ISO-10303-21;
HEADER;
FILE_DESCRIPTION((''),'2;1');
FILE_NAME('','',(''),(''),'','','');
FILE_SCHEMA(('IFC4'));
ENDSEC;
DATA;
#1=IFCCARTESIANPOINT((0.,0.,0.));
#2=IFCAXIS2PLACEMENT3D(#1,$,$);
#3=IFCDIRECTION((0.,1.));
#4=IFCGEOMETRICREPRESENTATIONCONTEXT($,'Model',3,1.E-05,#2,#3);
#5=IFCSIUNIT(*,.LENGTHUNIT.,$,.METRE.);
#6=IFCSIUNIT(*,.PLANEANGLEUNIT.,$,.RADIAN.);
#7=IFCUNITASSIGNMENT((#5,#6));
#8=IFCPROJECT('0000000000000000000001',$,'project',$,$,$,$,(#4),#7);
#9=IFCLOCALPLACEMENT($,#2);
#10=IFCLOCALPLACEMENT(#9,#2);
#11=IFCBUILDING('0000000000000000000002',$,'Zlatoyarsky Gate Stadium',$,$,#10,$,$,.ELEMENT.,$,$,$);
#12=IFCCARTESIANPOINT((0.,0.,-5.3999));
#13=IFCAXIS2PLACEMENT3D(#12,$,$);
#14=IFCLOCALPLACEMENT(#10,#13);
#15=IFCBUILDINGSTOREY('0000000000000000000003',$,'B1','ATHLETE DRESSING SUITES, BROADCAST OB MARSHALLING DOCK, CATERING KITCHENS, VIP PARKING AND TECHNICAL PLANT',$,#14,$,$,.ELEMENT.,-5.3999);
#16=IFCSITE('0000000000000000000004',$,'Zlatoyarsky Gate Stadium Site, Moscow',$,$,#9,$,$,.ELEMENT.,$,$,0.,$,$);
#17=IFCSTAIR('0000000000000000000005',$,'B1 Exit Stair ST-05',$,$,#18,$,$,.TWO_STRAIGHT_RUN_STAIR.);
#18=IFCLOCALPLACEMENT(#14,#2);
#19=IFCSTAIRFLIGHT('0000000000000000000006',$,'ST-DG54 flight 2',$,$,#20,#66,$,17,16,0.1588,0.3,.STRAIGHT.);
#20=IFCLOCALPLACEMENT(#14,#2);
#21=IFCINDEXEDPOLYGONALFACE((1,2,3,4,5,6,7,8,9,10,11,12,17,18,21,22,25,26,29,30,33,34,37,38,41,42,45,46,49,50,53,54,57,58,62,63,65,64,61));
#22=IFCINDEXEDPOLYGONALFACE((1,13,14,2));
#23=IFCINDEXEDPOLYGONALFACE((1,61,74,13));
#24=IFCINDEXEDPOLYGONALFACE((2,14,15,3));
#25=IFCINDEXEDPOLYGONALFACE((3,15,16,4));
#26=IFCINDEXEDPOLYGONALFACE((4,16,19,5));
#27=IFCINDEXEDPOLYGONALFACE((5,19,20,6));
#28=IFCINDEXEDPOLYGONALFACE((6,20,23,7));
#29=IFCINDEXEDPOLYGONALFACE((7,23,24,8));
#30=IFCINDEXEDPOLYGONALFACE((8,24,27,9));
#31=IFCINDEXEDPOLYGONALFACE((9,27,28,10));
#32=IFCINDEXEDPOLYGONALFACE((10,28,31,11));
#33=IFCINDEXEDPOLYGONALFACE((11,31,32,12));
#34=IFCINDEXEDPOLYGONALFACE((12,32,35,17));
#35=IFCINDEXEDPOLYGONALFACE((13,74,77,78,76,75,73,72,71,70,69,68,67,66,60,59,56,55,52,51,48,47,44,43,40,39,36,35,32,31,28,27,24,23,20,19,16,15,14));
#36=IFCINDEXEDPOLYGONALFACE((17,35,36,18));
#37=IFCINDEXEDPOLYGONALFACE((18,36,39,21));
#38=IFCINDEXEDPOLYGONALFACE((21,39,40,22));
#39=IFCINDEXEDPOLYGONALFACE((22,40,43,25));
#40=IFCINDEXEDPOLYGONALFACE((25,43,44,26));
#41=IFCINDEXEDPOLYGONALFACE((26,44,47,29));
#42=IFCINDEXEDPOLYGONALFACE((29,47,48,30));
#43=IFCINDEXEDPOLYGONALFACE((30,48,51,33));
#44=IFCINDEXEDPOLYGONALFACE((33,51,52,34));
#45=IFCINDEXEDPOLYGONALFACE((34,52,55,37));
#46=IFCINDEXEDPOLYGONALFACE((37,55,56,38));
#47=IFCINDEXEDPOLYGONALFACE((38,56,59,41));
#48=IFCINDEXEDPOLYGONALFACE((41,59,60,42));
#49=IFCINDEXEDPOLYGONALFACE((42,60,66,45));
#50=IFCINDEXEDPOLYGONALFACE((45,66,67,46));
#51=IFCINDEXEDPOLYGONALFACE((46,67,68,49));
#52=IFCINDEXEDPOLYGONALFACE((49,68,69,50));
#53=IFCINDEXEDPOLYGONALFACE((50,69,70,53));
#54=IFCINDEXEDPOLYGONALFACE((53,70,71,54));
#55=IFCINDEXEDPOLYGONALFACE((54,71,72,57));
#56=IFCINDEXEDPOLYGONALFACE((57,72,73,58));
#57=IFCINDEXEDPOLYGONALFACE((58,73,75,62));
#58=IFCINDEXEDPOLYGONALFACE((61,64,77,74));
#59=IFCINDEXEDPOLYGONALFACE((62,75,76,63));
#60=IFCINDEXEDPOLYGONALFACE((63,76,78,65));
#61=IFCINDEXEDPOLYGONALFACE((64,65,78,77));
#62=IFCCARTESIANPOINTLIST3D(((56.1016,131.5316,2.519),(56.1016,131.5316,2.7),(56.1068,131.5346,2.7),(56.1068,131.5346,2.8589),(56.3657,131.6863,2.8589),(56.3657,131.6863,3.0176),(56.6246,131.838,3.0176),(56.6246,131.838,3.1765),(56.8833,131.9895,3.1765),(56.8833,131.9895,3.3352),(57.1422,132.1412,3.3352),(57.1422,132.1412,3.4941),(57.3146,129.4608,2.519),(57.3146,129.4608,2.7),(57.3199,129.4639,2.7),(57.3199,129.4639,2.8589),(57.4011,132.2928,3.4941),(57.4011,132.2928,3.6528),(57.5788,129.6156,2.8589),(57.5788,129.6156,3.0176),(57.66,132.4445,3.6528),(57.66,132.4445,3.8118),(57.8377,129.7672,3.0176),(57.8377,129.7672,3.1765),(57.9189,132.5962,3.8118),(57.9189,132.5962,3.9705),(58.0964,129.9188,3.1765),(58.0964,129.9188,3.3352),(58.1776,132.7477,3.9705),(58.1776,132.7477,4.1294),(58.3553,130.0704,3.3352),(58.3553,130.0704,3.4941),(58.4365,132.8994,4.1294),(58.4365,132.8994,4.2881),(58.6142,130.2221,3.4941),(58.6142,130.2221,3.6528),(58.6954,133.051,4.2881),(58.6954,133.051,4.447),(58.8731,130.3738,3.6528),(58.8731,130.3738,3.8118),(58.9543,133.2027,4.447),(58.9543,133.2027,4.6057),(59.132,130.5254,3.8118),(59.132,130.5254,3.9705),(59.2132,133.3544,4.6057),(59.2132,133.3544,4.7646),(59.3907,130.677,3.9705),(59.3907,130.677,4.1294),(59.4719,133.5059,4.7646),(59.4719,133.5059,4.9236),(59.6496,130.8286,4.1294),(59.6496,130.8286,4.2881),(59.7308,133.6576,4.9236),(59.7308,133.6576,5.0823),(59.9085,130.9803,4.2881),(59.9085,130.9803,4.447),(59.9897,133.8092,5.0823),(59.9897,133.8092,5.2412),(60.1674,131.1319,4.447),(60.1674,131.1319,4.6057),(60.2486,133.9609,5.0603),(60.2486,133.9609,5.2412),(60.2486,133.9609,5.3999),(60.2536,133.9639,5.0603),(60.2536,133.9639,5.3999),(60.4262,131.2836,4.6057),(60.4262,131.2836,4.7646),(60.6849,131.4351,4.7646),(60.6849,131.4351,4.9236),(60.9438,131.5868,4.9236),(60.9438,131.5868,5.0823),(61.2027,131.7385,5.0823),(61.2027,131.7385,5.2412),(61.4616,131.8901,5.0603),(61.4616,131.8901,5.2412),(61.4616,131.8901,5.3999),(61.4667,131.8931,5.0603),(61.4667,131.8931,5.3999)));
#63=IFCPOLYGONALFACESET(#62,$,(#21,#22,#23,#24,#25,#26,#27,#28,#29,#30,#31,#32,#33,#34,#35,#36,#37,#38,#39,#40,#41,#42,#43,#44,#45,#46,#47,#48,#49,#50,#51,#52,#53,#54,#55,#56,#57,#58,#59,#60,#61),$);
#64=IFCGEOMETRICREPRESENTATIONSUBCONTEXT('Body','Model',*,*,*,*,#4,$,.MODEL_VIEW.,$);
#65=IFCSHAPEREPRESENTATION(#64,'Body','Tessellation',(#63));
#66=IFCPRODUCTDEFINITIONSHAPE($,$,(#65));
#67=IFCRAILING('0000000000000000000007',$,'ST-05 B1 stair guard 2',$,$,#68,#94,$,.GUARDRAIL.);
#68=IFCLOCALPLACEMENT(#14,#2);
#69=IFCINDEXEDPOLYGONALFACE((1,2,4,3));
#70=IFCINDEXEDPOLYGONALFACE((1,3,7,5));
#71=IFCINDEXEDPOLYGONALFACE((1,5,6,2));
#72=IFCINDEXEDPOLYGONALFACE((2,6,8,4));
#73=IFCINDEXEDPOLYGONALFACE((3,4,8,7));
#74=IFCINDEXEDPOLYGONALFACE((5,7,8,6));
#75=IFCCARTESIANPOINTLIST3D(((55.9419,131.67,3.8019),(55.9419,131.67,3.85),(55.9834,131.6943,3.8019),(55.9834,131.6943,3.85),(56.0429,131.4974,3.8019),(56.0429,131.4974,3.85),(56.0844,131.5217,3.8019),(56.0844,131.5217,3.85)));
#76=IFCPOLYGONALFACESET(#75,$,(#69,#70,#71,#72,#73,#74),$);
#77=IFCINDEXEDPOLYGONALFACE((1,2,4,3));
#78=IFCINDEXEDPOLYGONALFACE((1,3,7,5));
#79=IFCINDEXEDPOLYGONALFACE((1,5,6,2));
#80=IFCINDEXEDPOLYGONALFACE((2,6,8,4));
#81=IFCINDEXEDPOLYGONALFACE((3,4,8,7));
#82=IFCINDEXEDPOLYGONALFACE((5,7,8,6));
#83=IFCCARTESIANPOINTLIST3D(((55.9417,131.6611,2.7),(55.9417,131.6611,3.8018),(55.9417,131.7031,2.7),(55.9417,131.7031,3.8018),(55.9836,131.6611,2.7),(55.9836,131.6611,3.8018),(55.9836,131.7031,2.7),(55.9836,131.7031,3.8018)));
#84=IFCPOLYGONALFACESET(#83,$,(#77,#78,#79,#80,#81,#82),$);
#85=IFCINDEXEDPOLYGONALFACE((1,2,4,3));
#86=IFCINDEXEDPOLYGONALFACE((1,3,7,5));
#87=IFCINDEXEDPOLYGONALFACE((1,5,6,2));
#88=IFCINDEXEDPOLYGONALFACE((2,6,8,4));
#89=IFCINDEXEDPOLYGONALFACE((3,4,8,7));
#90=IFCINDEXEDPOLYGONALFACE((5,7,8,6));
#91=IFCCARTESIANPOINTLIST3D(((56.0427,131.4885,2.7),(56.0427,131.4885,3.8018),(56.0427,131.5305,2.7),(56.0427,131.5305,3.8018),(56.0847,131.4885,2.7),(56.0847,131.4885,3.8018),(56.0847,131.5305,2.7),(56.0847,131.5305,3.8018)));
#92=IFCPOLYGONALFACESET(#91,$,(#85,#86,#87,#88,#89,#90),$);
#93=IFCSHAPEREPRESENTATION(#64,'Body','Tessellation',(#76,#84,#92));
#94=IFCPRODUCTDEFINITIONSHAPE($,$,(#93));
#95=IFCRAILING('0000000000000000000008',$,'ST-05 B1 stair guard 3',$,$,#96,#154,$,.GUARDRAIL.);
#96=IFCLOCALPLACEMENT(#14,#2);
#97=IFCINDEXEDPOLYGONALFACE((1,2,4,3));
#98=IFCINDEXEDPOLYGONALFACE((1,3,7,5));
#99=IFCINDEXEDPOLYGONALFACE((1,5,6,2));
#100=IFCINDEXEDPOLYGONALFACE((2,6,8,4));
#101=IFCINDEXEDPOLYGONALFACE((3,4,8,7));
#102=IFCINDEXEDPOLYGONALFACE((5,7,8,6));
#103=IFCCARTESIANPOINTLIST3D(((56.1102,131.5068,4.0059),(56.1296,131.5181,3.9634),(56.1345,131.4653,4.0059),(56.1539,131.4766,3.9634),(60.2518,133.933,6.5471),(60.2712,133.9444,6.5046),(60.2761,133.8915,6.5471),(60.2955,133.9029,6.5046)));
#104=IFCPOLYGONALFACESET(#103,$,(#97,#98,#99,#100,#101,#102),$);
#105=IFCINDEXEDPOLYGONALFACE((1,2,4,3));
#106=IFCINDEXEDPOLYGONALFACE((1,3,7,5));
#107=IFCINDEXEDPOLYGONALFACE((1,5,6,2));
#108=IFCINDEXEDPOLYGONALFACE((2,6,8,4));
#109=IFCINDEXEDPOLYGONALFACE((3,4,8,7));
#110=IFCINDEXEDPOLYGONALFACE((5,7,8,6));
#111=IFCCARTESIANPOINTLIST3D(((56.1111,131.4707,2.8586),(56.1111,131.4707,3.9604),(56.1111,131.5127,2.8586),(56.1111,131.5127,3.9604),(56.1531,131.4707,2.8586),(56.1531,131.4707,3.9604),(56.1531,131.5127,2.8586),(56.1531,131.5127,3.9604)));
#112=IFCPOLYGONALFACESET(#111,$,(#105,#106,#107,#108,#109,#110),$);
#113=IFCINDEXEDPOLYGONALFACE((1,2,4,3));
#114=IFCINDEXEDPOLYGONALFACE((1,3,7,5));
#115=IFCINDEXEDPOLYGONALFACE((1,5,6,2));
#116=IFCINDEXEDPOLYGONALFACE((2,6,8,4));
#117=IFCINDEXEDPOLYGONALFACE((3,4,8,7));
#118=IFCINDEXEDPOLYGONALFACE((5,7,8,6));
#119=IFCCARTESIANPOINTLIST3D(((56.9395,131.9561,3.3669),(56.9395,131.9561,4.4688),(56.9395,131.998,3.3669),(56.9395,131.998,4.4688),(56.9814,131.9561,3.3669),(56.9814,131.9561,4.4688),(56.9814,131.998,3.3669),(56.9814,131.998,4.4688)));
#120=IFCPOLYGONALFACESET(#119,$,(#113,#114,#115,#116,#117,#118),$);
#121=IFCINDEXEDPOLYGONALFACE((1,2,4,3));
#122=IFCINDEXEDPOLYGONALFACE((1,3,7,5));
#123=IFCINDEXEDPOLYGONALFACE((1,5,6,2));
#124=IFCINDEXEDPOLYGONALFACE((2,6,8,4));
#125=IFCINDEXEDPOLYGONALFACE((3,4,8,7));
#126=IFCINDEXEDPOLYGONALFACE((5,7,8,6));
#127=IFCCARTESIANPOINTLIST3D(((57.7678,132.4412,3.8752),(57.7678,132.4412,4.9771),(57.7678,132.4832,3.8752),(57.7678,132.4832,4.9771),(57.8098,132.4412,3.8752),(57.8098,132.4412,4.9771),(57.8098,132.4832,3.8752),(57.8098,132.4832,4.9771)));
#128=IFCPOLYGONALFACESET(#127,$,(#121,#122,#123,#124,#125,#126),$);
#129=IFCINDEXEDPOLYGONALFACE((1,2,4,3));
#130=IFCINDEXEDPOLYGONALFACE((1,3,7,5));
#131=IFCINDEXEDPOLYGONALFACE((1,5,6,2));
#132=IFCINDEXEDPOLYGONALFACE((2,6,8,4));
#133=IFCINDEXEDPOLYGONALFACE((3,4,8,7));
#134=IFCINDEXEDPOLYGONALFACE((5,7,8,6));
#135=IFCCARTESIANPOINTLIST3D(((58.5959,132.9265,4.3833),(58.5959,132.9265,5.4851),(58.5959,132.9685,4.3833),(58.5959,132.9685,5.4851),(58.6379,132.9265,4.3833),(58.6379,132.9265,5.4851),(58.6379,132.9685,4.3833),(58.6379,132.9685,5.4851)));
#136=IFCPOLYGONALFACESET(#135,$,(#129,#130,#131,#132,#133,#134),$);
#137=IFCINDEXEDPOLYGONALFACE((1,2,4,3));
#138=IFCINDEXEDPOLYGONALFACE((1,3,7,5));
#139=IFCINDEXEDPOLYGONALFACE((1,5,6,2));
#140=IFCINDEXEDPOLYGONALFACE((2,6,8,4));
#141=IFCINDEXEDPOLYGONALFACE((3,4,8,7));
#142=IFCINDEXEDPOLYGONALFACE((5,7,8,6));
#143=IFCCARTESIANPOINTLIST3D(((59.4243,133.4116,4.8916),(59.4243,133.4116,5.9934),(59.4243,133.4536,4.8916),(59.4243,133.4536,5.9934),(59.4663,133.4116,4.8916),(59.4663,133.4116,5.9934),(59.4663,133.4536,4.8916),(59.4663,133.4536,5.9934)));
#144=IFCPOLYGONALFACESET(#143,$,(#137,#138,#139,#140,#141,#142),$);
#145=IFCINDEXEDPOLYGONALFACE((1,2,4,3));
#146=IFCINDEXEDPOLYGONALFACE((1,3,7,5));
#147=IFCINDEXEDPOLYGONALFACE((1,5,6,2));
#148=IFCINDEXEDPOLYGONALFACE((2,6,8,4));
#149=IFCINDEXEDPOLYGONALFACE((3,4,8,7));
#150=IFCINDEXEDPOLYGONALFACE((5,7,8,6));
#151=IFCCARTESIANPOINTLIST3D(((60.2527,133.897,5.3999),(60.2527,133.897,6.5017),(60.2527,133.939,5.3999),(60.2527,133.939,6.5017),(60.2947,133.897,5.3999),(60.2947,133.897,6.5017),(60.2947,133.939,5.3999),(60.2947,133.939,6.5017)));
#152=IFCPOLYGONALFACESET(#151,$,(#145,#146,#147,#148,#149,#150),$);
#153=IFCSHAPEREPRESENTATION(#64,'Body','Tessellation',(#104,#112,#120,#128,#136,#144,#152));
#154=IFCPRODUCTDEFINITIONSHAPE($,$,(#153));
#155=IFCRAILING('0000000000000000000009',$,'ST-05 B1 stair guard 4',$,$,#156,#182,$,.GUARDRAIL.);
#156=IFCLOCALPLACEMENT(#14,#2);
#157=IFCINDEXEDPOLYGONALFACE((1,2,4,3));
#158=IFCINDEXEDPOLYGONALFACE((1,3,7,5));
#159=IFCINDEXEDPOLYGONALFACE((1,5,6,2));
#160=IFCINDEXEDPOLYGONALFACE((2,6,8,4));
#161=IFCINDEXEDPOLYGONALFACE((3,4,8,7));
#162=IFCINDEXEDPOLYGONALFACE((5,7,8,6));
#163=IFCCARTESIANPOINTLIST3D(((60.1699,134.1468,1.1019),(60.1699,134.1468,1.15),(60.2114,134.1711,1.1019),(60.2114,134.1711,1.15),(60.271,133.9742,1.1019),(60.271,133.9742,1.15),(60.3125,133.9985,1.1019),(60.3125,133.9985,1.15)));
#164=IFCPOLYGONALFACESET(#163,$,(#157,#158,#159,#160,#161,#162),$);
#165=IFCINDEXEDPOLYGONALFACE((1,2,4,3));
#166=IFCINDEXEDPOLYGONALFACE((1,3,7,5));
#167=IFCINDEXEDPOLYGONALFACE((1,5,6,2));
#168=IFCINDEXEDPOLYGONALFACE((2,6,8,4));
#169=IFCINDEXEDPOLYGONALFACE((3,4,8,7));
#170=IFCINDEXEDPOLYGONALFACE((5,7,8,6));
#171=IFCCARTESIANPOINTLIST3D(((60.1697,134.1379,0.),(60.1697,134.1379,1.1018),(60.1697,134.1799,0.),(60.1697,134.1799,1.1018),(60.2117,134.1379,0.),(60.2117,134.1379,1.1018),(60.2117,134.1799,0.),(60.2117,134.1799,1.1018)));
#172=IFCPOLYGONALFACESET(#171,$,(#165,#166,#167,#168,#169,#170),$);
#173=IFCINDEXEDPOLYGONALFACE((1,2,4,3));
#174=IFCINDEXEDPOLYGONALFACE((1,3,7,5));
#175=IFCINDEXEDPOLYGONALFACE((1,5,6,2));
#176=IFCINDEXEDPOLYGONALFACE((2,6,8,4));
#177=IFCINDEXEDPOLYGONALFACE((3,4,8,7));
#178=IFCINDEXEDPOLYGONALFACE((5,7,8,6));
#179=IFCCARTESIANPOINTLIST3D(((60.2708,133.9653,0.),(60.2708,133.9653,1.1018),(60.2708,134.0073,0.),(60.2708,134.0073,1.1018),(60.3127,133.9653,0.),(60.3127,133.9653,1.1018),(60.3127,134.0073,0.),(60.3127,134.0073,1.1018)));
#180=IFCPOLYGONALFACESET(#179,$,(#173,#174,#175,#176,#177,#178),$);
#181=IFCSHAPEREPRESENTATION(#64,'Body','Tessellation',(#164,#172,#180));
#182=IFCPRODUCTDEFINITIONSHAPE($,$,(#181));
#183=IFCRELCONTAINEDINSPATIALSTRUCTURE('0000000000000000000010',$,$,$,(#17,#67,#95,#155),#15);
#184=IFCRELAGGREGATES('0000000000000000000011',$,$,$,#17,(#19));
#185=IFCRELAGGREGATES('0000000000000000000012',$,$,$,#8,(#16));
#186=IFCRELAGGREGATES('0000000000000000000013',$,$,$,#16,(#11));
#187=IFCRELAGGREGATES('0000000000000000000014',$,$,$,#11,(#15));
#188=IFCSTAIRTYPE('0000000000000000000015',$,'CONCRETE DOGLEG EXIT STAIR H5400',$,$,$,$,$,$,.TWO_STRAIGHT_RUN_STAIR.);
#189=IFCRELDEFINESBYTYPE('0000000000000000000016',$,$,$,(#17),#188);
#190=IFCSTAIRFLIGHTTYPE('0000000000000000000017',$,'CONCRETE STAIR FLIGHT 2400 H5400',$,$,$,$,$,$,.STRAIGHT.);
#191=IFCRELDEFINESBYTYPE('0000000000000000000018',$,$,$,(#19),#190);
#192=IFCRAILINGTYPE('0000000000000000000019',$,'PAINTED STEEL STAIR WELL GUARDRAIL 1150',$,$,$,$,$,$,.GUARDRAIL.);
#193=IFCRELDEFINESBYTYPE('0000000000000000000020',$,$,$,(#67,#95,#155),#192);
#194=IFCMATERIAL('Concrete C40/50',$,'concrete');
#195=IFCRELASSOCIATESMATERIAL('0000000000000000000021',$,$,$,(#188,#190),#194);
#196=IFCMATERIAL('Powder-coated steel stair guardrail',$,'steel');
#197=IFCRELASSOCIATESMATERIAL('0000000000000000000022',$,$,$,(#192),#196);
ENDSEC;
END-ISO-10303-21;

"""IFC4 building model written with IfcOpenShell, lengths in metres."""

from ifc_helpers import new_model, si_unit, direction, frame, origin, origin_2d, place, context, subcontext, project, spatial, polyline, rectangle, outline, extrude, material, type_object, element, aggregate, save


model = new_model("IFC4")

# Units and contexts
model_context = context("Model", 3, precision=1e-05, world=origin(), true_north=direction((0.0, 1.0)))
body_context = subcontext(model_context, "Body", "Model", "MODEL_VIEW")
ifc_project = project(units=[si_unit("LENGTHUNIT", "METRE"), si_unit("PLANEANGLEUNIT", "RADIAN")], contexts=[model_context])

# Site, building, storey
site_placement = place(None, origin())
site = spatial("IfcSite", under=ifc_project, at=site_placement, Name="Zlatoyarsky Gate Stadium Site, Moscow", CompositionType="ELEMENT", RefElevation=0.0)
building_placement = place(site_placement, origin())
building = spatial("IfcBuilding", under=site, at=building_placement, Name="Zlatoyarsky Gate Stadium", CompositionType="ELEMENT")
storey_placement = place(building_placement, frame((0.0, 0.0, -5.3999)))
storey = spatial("IfcBuildingStorey", under=building, at=storey_placement, Name="B1", Description="ATHLETE DRESSING SUITES, BROADCAST OB MARSHALLING DOCK, CATERING KITCHENS, VIP PARKING AND TECHNICAL PLANT", CompositionType="ELEMENT", Elevation=-5.3999)

# Shared definitions
ifc_material_1 = material(Name="Concrete C40/50", Category="concrete")

# Stair, stair flight
stair_type = type_object("IfcStairType", Name="CONCRETE DOGLEG EXIT STAIR H5400", PredefinedType="TWO_STRAIGHT_RUN_STAIR", material=ifc_material_1)
stair_placement = place(storey_placement, origin())
stair = element("IfcStair", 1, at=stair_placement, inside=storey, type_object=stair_type, Name="B1 Exit Stair ST-05", PredefinedType="TWO_STRAIGHT_RUN_STAIR")
stair_flight_type = type_object("IfcStairFlightType", Name="CONCRETE STAIR FLIGHT 2400 H5400", PredefinedType="STRAIGHT", material=ifc_material_1)
stair_flight_placement = place(storey_placement, frame((56.7134, 130.4993, 2.7), z_axis=(0.0, 0.0, 1.0), x_axis=(0.862848, 0.505463, 0.0)))
stair_flight = element("IfcStairFlight", 2, at=stair_flight_placement, type_object=stair_flight_type, Name="ST-DG54 flight 2", NumberOfRisers=17, NumberOfTreads=16, PredefinedType="STRAIGHT", RiserHeight=0.1588, TreadLength=0.3, context=body_context, shape_type="SweptSolid", body=[
    extrude(outline(polyline([(-0.0061, -0.1809), (-0.0061, 0.0), (0.0, 0.0), (0.0, 0.1589), (0.3, 0.1589), (0.3, 0.3176), (0.6001, 0.3176), (0.6001, 0.4766), (0.8999, 0.4766), (0.8999, 0.6353), (1.2, 0.6353), (1.2, 0.7942), (1.5, 0.7942), (1.5, 0.9529), (1.8, 0.9529), (1.8, 1.1118), (2.1001, 1.1118), (2.1001, 1.2705), (2.3999, 1.2705), (2.3999, 1.4294), (2.7, 1.4294), (2.7, 1.5881), (3.0, 1.5881), (3.0, 1.7471), (3.3, 1.7471), (3.3, 1.9058), (3.6001, 1.9058), (3.6001, 2.0647), (3.8999, 2.0647), (3.8999, 2.2236), (4.2, 2.2236), (4.2, 2.3823), (4.5, 2.3823), (4.5, 2.5413), (4.8, 2.5413), (4.8, 2.7), (4.8059, 2.7), (4.8059, 2.3604), (4.8, 2.3604), (-0.0061, -0.1809)])), frame((0.0, 1.2, 0.0), z_axis=(0.0, -1.0, 0.0), x_axis=(1.0, 0.0, 0.0)), (0.0, 0.0, 1.0), 2.3999),
])
aggregate(stair, [stair_flight])

# Railings
ifc_material_2 = material(Name="Powder-coated steel stair guardrail", Category="steel")
railing_type_1 = type_object("IfcRailingType", Name="PAINTED STEEL STAIR WELL GUARDRAIL 1150", PredefinedType="GUARDRAIL", material=ifc_material_2)
railing_1_placement = place(storey_placement, frame((55.9626, 131.6821, 2.7)))
element("IfcRailing", 3, at=railing_1_placement, inside=storey, type_object=railing_type_1, Name="ST-05 B1 stair guard 2", PredefinedType="GUARDRAIL", context=body_context, shape_type="SweptSolid", body=[
    extrude(rectangle(XDim=0.0481, YDim=0.0481, at=origin_2d()), frame((0.0, 0.0, 1.126), z_axis=(0.505312, -0.862937, 0.0), x_axis=(0.862937, 0.505312, 0.0)), (0.0, 0.0, 1.0), 0.2),
    extrude(rectangle(XDim=0.042, YDim=0.042, at=origin_2d()), origin(), (0.0, 0.0, 1.0), 1.1018),
    extrude(rectangle(XDim=0.042, YDim=0.042, at=origin_2d()), frame((0.1011, -0.1726, 0.0)), (0.0, 0.0, 1.0), 1.1018),
])
railing_2_placement = place(storey_placement, frame((56.1321, 131.4917, 2.8586)))
element("IfcRailing", 4, at=railing_2_placement, inside=storey, type_object=railing_type_1, Name="ST-05 B1 stair guard 3", PredefinedType="GUARDRAIL", context=body_context, shape_type="SweptSolid", body=[
    extrude(rectangle(XDim=0.0481, YDim=0.0481, at=origin_2d()), frame((0.0, 0.0, 1.126), z_axis=(0.762561, 0.44673, 0.467902), x_axis=(-0.505477, 0.86284, 0.0)), (0.0, 0.0, 1.0), 5.4312),
    extrude(rectangle(XDim=0.042, YDim=0.042, at=origin_2d()), origin(), (0.0, 0.0, 1.0), 1.1018),
    extrude(rectangle(XDim=0.042, YDim=0.042, at=origin_2d()), frame((0.8284, 0.4854, 0.5083)), (0.0, 0.0, 1.0), 1.1018),
    extrude(rectangle(XDim=0.042, YDim=0.042, at=origin_2d()), frame((1.6567, 0.9705, 1.0166)), (0.0, 0.0, 1.0), 1.1018),
    extrude(rectangle(XDim=0.042, YDim=0.042, at=origin_2d()), frame((2.4849, 1.4558, 1.5247)), (0.0, 0.0, 1.0), 1.1018),
    extrude(rectangle(XDim=0.042, YDim=0.042, at=origin_2d()), frame((3.3132, 1.9409, 2.033)), (0.0, 0.0, 1.0), 1.1018),
    extrude(rectangle(XDim=0.042, YDim=0.042, at=origin_2d()), frame((4.1416, 2.4263, 2.5413)), (0.0, 0.0, 1.0), 1.1018),
])
railing_3_placement = place(storey_placement, frame((60.1907, 134.1589, 0.0)))
element("IfcRailing", 5, at=railing_3_placement, inside=storey, type_object=railing_type_1, Name="ST-05 B1 stair guard 4", PredefinedType="GUARDRAIL", context=body_context, shape_type="SweptSolid", body=[
    extrude(rectangle(XDim=0.0481, YDim=0.0481, at=origin_2d()), frame((0.0, 0.0, 1.126), z_axis=(0.505312, -0.862937, 0.0), x_axis=(0.862937, 0.505312, 0.0)), (0.0, 0.0, 1.0), 0.2),
    extrude(rectangle(XDim=0.042, YDim=0.042, at=origin_2d()), origin(), (0.0, 0.0, 1.0), 1.1018),
    extrude(rectangle(XDim=0.042, YDim=0.042, at=origin_2d()), frame((0.1011, -0.1726, 0.0)), (0.0, 0.0, 1.0), 1.1018),
])

save(model, "model.ifc")
